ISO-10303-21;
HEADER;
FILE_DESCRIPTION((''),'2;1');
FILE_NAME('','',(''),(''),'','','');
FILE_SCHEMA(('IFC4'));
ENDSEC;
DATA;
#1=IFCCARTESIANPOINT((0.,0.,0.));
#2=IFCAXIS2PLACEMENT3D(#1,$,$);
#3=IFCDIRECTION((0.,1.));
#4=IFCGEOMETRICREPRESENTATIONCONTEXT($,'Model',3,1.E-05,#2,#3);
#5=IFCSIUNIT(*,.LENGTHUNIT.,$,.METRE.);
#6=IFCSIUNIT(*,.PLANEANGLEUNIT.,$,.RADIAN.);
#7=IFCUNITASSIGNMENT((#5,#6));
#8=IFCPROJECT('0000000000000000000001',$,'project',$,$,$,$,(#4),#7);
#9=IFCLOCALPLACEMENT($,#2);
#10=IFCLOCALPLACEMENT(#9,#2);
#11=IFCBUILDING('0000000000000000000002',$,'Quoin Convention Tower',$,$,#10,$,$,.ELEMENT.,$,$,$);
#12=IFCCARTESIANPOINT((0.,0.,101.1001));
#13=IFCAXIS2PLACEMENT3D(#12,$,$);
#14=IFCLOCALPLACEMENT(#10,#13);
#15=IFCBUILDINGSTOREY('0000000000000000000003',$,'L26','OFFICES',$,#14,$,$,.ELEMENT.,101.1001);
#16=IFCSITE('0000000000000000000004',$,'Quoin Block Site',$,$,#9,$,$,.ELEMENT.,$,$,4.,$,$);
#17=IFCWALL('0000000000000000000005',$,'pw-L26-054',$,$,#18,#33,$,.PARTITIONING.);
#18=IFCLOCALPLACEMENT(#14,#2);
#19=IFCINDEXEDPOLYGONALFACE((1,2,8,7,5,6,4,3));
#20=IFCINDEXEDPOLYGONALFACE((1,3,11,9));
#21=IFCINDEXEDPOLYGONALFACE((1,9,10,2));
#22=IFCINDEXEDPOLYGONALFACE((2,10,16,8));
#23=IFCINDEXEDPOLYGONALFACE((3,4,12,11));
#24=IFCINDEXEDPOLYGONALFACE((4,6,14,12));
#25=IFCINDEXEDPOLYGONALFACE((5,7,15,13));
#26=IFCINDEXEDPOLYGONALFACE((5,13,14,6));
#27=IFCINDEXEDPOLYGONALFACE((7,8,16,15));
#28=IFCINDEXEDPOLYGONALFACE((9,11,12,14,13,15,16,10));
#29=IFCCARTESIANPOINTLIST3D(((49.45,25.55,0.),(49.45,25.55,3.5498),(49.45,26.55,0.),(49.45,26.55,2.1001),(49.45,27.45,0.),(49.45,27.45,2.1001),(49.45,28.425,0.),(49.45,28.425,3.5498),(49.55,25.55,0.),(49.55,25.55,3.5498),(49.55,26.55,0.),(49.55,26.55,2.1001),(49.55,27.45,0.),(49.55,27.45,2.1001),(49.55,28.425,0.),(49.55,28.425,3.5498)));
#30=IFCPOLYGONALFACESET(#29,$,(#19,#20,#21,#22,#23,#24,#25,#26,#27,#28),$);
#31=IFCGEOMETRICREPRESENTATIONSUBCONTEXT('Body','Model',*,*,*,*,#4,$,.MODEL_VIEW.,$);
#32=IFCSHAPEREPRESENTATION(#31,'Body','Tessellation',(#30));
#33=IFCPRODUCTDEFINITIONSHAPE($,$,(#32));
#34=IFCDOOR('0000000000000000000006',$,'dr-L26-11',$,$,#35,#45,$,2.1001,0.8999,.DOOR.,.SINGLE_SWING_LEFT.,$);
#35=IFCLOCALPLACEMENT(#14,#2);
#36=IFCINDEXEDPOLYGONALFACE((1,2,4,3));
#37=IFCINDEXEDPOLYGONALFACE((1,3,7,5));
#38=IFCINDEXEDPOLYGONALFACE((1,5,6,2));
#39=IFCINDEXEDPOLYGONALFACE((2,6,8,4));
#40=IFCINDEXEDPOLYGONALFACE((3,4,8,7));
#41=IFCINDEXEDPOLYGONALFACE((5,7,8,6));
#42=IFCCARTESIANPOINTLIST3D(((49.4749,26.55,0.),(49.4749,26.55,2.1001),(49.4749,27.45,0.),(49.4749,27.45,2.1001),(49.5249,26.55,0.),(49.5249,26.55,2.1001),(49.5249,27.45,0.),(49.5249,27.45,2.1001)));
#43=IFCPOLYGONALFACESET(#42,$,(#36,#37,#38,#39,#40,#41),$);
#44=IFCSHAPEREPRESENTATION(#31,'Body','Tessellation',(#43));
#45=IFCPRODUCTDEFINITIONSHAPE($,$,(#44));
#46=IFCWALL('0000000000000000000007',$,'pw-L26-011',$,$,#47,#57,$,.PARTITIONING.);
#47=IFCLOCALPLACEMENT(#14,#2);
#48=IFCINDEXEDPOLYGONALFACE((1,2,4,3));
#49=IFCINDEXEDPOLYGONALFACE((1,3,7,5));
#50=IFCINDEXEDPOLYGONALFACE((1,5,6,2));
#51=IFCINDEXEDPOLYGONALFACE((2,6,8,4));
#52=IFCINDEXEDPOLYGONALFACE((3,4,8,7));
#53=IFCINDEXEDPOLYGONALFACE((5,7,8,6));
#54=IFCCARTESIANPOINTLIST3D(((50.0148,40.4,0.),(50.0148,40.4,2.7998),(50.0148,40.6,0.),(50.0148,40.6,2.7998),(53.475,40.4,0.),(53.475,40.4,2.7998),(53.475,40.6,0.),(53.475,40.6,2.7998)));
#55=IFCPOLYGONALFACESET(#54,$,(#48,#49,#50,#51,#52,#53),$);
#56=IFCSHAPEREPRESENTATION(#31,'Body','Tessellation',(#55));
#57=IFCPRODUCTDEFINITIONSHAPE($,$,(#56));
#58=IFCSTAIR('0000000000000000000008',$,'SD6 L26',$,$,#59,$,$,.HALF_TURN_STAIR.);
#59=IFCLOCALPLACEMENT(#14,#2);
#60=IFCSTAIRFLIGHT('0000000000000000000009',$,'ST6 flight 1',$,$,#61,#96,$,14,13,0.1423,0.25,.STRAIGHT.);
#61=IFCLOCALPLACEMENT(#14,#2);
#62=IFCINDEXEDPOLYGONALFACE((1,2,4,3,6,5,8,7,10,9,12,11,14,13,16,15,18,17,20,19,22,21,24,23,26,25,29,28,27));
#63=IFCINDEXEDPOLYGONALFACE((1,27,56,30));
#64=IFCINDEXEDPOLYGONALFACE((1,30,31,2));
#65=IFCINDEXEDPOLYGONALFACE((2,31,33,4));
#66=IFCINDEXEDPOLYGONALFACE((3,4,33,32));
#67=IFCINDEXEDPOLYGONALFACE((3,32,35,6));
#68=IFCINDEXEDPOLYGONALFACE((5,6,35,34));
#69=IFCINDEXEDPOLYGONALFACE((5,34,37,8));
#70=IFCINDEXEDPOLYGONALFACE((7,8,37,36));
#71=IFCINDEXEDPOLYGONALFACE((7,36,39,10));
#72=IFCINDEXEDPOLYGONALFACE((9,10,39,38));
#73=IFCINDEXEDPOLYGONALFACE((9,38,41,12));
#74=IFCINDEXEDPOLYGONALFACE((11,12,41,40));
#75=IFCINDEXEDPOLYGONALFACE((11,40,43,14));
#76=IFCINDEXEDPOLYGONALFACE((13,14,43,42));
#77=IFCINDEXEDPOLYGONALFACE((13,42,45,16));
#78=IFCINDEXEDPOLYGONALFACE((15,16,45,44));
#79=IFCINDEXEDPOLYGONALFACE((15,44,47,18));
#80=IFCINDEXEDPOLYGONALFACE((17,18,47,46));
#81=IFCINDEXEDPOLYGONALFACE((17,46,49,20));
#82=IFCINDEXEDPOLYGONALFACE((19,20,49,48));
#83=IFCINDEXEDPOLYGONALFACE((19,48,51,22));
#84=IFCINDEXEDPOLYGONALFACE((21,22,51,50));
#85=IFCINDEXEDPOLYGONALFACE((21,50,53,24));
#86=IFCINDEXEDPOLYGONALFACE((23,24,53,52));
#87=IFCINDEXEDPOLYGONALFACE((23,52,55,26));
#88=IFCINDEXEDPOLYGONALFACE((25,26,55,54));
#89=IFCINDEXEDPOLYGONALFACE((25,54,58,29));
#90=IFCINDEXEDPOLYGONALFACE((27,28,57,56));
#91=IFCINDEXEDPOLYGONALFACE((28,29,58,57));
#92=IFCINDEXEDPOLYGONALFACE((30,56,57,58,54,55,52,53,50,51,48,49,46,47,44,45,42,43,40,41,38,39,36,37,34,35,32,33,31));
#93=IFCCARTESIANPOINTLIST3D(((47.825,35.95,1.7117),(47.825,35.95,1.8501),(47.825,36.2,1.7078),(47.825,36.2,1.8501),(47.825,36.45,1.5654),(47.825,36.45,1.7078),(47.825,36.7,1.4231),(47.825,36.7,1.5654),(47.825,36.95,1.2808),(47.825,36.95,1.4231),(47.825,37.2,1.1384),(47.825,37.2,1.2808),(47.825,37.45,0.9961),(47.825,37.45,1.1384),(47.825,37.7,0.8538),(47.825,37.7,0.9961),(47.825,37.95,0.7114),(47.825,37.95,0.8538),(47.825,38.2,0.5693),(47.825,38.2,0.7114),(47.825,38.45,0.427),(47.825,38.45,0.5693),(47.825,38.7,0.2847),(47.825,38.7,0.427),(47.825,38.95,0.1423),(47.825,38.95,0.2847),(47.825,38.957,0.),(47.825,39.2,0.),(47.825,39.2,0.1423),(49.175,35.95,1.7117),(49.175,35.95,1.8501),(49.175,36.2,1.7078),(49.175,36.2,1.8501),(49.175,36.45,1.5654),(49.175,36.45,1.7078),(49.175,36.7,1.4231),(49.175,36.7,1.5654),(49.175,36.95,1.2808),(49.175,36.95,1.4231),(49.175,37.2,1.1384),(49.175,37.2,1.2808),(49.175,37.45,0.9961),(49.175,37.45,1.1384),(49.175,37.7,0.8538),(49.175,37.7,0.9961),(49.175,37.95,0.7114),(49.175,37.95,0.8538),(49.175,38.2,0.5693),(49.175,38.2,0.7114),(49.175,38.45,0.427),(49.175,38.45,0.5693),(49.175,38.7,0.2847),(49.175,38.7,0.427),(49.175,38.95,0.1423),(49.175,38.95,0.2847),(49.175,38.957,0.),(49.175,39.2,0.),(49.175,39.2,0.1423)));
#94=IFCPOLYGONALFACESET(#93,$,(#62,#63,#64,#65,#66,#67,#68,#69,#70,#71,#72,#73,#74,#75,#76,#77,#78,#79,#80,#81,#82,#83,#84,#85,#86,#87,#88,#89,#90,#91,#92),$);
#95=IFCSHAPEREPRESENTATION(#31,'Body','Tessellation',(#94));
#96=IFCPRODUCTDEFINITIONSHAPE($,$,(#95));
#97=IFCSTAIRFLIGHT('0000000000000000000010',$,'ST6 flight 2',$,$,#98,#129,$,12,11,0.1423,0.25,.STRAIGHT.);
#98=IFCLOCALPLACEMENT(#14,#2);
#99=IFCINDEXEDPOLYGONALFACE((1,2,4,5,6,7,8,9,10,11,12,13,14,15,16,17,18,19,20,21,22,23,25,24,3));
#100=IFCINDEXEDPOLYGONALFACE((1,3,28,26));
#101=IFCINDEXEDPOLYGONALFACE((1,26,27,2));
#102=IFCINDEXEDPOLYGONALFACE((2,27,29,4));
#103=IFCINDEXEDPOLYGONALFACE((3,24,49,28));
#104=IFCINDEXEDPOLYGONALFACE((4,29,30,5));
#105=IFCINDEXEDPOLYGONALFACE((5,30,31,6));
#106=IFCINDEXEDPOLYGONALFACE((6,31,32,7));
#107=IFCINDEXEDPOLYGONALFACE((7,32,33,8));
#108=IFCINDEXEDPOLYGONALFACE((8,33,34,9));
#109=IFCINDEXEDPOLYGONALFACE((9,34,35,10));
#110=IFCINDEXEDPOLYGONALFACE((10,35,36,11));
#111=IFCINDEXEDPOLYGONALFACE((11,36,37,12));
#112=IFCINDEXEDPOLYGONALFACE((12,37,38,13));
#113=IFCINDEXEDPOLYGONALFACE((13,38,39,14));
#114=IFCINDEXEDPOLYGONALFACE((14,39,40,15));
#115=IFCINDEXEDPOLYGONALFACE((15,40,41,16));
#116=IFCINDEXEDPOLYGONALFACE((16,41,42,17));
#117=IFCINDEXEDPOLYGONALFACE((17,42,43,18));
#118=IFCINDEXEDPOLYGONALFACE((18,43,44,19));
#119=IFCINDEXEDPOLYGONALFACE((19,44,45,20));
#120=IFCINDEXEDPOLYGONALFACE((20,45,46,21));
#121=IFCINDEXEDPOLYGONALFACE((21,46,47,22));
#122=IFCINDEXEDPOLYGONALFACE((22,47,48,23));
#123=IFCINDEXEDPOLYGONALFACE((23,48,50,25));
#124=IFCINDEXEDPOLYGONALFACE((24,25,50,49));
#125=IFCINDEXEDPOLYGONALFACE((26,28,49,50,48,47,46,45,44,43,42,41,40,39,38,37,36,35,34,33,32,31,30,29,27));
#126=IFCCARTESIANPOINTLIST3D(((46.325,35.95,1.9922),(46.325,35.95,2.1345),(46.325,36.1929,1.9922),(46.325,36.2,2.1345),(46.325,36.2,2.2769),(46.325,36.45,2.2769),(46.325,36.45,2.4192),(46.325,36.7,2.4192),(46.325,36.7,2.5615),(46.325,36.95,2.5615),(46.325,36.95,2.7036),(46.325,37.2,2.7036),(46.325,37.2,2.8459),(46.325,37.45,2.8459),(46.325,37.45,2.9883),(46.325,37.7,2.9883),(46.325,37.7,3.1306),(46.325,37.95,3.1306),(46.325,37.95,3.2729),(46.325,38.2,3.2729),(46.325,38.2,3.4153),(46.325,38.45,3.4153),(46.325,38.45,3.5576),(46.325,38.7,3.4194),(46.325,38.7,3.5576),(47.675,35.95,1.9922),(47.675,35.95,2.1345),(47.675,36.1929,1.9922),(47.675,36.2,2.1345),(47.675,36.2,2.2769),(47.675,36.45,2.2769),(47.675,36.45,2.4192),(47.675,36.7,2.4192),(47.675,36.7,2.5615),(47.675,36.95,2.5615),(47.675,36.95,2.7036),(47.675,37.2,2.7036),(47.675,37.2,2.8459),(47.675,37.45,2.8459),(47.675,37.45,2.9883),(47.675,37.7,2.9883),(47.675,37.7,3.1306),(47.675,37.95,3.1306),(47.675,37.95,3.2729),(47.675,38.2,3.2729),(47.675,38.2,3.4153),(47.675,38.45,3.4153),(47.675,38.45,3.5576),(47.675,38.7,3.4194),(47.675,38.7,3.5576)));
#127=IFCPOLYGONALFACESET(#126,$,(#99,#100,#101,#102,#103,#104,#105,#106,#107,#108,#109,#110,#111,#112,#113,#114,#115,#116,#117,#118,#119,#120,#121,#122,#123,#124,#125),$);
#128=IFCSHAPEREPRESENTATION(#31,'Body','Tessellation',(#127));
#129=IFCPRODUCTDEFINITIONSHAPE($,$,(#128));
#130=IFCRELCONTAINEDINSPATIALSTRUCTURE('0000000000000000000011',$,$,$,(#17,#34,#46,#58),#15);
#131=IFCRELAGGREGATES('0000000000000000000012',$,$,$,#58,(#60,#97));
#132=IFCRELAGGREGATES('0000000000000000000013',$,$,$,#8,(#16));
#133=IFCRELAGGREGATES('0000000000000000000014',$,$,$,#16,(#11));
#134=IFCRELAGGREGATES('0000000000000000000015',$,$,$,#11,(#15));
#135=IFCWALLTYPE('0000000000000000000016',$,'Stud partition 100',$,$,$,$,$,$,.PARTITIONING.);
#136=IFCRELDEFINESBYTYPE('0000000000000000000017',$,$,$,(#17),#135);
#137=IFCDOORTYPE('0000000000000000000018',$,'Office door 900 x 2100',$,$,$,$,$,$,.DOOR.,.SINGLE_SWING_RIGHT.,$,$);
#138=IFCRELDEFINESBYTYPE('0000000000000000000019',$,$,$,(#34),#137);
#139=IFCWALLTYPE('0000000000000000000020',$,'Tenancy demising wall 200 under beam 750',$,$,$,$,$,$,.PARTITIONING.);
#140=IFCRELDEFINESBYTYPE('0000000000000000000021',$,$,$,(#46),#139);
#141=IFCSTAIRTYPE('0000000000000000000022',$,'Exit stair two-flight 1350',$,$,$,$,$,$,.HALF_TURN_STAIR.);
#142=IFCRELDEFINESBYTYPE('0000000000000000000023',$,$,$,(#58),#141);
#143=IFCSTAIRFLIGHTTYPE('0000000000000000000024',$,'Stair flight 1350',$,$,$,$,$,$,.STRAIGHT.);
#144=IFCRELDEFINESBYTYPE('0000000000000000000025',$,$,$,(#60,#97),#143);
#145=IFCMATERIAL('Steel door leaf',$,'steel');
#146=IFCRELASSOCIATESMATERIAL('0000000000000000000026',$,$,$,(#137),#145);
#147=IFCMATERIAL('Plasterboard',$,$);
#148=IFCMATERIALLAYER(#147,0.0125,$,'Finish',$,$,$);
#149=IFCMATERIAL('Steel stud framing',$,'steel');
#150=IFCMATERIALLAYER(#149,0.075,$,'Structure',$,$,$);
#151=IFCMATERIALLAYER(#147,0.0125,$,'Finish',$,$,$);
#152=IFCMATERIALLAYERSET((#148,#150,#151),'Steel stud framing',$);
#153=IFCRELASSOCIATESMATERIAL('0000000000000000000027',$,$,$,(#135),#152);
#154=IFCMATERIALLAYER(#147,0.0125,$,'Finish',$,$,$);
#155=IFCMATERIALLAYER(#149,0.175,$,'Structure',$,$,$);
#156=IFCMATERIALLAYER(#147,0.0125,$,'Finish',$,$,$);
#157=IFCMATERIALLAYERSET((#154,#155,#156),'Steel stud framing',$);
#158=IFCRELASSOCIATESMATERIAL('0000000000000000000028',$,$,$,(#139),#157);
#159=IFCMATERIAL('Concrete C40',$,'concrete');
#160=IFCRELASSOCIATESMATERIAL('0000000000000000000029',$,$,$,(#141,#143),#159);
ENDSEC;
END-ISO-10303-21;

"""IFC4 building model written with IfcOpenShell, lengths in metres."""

from ifc_helpers import new_model, si_unit, direction, frame, frame_2d, origin, place, context, subcontext, project, spatial, polyline, rectangle, outline, extrude, material, layer, layer_set, type_object, element, fill, aggregate, save


model = new_model("IFC4")

# Units and contexts
model_context = context("Model", 3, precision=1e-05, world=origin(), true_north=direction((0.0, 1.0)))
body_context = subcontext(model_context, "Body", "Model", "MODEL_VIEW")
ifc_project = project(units=[si_unit("LENGTHUNIT", "METRE"), si_unit("PLANEANGLEUNIT", "RADIAN")], contexts=[model_context])

# Site, building, storey
site_placement = place(None, origin())
site = spatial("IfcSite", under=ifc_project, at=site_placement, Name="Quoin Block Site", CompositionType="ELEMENT", RefElevation=4.0)
building_placement = place(site_placement, origin())
building = spatial("IfcBuilding", under=site, at=building_placement, Name="Quoin Convention Tower", CompositionType="ELEMENT")
storey_placement = place(building_placement, frame((0.0, 0.0, 101.1001)))
storey = spatial("IfcBuildingStorey", under=building, at=storey_placement, Name="L26", Description="OFFICES", CompositionType="ELEMENT", Elevation=101.1001)

# Shared definitions
ifc_material_1 = material(Name="Plasterboard")
ifc_material_2 = material(Name="Steel stud framing", Category="steel")

# Shared definitions
ifc_material_3 = material(Name="Steel door leaf", Category="steel")
door_type_1 = type_object("IfcDoorType", Name="Office door 900 x 2100", OperationType="SINGLE_SWING_RIGHT", PredefinedType="DOOR", material=ifc_material_3)

# Shared definitions
ifc_layer_1 = layer(ifc_material_1, 0.0125, Name="Finish")
ifc_layer_2 = layer(ifc_material_2, 0.075, Name="Structure")
ifc_layer_3 = layer(ifc_material_1, 0.0125, Name="Finish")
ifc_layer_set_1 = layer_set([ifc_layer_1, ifc_layer_2, ifc_layer_3], Name="Steel stud framing")
wall_type_1 = type_object("IfcWallType", Name="Stud partition 100", PredefinedType="PARTITIONING", material=ifc_layer_set_1)

# Wall, opening, door
wall_1_placement = place(storey_placement, frame((49.5, 25.55, 0.0), z_axis=(0.0, 0.0, 1.0), x_axis=(0.0, 1.0, 0.0)))
wall_1 = element("IfcWall", 1, at=wall_1_placement, inside=storey, type_object=wall_type_1, Name="pw-L26-054", PredefinedType="PARTITIONING", context=body_context, shape_type="SweptSolid", body=[
    extrude(rectangle(XDim=2.875, YDim=0.1001, at=frame_2d((1.4375, 0.0))), origin(), (0.0, 0.0, 1.0), 3.5498),
])
opening_1_placement = place(wall_1_placement, frame((1.0, 0.0, 0.0)))
opening_1 = element("IfcOpeningElement", 2, at=opening_1_placement, cuts=wall_1, PredefinedType="OPENING", context=body_context, shape_type="SweptSolid", body=[
    extrude(rectangle(XDim=0.8999, YDim=2.1001, at=frame_2d((0.45, 1.05))), frame((0.0, 0.0601, 0.0), z_axis=(0.0, -1.0, 0.0), x_axis=(1.0, 0.0, 0.0)), (0.0, 0.0, 1.0), 0.1201),
])
door_1_placement = place(opening_1_placement, frame((0.8999, 0.0, 0.0), z_axis=(0.0, 0.0, 1.0), x_axis=(-1.0, 0.0, 0.0)))
door_1 = element("IfcDoor", 3, at=door_1_placement, inside=storey, type_object=door_type_1, Name="dr-L26-11", OperationType="SINGLE_SWING_LEFT", OverallHeight=2.1001, OverallWidth=0.8999, PredefinedType="DOOR", context=body_context, shape_type="SweptSolid", body=[
    extrude(rectangle(XDim=0.8999, YDim=2.1001, at=frame_2d((0.45, 1.05))), frame((0.0, 0.0249, 0.0), z_axis=(0.0, -1.0, 0.0), x_axis=(1.0, 0.0, 0.0)), (0.0, 0.0, 1.0), 0.05),
])
fill(opening_1, door_1)

# Wall
ifc_layer_4 = layer(ifc_material_1, 0.0125, Name="Finish")
ifc_layer_5 = layer(ifc_material_2, 0.175, Name="Structure")
ifc_layer_6 = layer(ifc_material_1, 0.0125, Name="Finish")
ifc_layer_set_2 = layer_set([ifc_layer_4, ifc_layer_5, ifc_layer_6], Name="Steel stud framing")
wall_type_2 = type_object("IfcWallType", Name="Tenancy demising wall 200 under beam 750", PredefinedType="PARTITIONING", material=ifc_layer_set_2)
wall_2_placement = place(storey_placement, frame((50.0149, 40.5, 0.0), z_axis=(0.0, 0.0, 1.0), x_axis=(1.0, 0.0, 0.0)))
element("IfcWall", 4, at=wall_2_placement, inside=storey, type_object=wall_type_2, Name="pw-L26-011", PredefinedType="PARTITIONING", context=body_context, shape_type="SweptSolid", body=[
    extrude(rectangle(XDim=3.4602, YDim=0.2, at=frame_2d((1.73, 0.0))), origin(), (0.0, 0.0, 1.0), 2.7998),
])

# Stair, stair flights
ifc_material_4 = material(Name="Concrete C40", Category="concrete")
stair_type = type_object("IfcStairType", Name="Exit stair two-flight 1350", PredefinedType="HALF_TURN_STAIR", material=ifc_material_4)
stair_placement = place(storey_placement, origin())
stair = element("IfcStair", 5, at=stair_placement, inside=storey, type_object=stair_type, Name="SD6 L26", PredefinedType="HALF_TURN_STAIR")
stair_flight_type = type_object("IfcStairFlightType", Name="Stair flight 1350", PredefinedType="STRAIGHT", material=ifc_material_4)
stair_flight_1_placement = place(storey_placement, frame((48.5, 39.2, 0.0), z_axis=(0.0, 0.0, 1.0), x_axis=(0.0, -1.0, 0.0)))
stair_flight_1 = element("IfcStairFlight", 6, at=stair_flight_1_placement, type_object=stair_flight_type, Name="ST6 flight 1", NumberOfRisers=14, NumberOfTreads=13, PredefinedType="STRAIGHT", RiserHeight=0.1423, TreadLength=0.25, context=body_context, shape_type="SweptSolid", body=[
    extrude(outline(polyline([(0.0, 0.0), (0.0, 0.1423), (0.25, 0.1423), (0.25, 0.2847), (0.5, 0.2847), (0.5, 0.427), (0.75, 0.427), (0.75, 0.5693), (1.0, 0.5693), (1.0, 0.7114), (1.25, 0.7114), (1.25, 0.8538), (1.5, 0.8538), (1.5, 0.9961), (1.75, 0.9961), (1.75, 1.1384), (2.0, 1.1384), (2.0, 1.2808), (2.25, 1.2808), (2.25, 1.4231), (2.5, 1.4231), (2.5, 1.5654), (2.75, 1.5654), (2.75, 1.7078), (3.0, 1.7078), (3.0, 1.8501), (3.25, 1.8501), (3.25, 1.9922), (3.25, 1.7117), (0.2429, 0.0), (0.0, 0.0)])), frame((0.0, 0.675, 0.0), z_axis=(0.0, -1.0, 0.0), x_axis=(1.0, 0.0, 0.0)), (0.0, 0.0, 1.0), 1.3501),
])
stair_flight_2_placement = place(storey_placement, frame((47.0, 35.95, 1.9922), z_axis=(0.0, 0.0, 1.0), x_axis=(0.0, 1.0, 0.0)))
stair_flight_2 = element("IfcStairFlight", 7, at=stair_flight_2_placement, type_object=stair_flight_type, Name="ST6 flight 2", NumberOfRisers=12, NumberOfTreads=11, PredefinedType="STRAIGHT", RiserHeight=0.1423, TreadLength=0.25, context=body_context, shape_type="SweptSolid", body=[
    extrude(outline(polyline([(0.0, 0.0), (0.0, 0.1423), (0.25, 0.1423), (0.25, 0.2847), (0.5, 0.2847), (0.5, 0.427), (0.75, 0.427), (0.75, 0.5693), (1.0, 0.5693), (1.0, 0.7114), (1.25, 0.7114), (1.25, 0.8538), (1.5, 0.8538), (1.5, 0.9961), (1.75, 0.9961), (1.75, 1.1384), (2.0, 1.1384), (2.0, 1.2808), (2.25, 1.2808), (2.25, 1.4231), (2.5, 1.4231), (2.5, 1.5654), (2.75, 1.5654), (2.75, 1.7078), (2.75, 1.4272), (0.2429, 0.0), (0.0, 0.0)])), frame((0.0, 0.675, 0.0), z_axis=(0.0, -1.0, 0.0), x_axis=(1.0, 0.0, 0.0)), (0.0, 0.0, 1.0), 1.3501),
])
aggregate(stair, [stair_flight_1, stair_flight_2])

save(model, "model.ifc")
